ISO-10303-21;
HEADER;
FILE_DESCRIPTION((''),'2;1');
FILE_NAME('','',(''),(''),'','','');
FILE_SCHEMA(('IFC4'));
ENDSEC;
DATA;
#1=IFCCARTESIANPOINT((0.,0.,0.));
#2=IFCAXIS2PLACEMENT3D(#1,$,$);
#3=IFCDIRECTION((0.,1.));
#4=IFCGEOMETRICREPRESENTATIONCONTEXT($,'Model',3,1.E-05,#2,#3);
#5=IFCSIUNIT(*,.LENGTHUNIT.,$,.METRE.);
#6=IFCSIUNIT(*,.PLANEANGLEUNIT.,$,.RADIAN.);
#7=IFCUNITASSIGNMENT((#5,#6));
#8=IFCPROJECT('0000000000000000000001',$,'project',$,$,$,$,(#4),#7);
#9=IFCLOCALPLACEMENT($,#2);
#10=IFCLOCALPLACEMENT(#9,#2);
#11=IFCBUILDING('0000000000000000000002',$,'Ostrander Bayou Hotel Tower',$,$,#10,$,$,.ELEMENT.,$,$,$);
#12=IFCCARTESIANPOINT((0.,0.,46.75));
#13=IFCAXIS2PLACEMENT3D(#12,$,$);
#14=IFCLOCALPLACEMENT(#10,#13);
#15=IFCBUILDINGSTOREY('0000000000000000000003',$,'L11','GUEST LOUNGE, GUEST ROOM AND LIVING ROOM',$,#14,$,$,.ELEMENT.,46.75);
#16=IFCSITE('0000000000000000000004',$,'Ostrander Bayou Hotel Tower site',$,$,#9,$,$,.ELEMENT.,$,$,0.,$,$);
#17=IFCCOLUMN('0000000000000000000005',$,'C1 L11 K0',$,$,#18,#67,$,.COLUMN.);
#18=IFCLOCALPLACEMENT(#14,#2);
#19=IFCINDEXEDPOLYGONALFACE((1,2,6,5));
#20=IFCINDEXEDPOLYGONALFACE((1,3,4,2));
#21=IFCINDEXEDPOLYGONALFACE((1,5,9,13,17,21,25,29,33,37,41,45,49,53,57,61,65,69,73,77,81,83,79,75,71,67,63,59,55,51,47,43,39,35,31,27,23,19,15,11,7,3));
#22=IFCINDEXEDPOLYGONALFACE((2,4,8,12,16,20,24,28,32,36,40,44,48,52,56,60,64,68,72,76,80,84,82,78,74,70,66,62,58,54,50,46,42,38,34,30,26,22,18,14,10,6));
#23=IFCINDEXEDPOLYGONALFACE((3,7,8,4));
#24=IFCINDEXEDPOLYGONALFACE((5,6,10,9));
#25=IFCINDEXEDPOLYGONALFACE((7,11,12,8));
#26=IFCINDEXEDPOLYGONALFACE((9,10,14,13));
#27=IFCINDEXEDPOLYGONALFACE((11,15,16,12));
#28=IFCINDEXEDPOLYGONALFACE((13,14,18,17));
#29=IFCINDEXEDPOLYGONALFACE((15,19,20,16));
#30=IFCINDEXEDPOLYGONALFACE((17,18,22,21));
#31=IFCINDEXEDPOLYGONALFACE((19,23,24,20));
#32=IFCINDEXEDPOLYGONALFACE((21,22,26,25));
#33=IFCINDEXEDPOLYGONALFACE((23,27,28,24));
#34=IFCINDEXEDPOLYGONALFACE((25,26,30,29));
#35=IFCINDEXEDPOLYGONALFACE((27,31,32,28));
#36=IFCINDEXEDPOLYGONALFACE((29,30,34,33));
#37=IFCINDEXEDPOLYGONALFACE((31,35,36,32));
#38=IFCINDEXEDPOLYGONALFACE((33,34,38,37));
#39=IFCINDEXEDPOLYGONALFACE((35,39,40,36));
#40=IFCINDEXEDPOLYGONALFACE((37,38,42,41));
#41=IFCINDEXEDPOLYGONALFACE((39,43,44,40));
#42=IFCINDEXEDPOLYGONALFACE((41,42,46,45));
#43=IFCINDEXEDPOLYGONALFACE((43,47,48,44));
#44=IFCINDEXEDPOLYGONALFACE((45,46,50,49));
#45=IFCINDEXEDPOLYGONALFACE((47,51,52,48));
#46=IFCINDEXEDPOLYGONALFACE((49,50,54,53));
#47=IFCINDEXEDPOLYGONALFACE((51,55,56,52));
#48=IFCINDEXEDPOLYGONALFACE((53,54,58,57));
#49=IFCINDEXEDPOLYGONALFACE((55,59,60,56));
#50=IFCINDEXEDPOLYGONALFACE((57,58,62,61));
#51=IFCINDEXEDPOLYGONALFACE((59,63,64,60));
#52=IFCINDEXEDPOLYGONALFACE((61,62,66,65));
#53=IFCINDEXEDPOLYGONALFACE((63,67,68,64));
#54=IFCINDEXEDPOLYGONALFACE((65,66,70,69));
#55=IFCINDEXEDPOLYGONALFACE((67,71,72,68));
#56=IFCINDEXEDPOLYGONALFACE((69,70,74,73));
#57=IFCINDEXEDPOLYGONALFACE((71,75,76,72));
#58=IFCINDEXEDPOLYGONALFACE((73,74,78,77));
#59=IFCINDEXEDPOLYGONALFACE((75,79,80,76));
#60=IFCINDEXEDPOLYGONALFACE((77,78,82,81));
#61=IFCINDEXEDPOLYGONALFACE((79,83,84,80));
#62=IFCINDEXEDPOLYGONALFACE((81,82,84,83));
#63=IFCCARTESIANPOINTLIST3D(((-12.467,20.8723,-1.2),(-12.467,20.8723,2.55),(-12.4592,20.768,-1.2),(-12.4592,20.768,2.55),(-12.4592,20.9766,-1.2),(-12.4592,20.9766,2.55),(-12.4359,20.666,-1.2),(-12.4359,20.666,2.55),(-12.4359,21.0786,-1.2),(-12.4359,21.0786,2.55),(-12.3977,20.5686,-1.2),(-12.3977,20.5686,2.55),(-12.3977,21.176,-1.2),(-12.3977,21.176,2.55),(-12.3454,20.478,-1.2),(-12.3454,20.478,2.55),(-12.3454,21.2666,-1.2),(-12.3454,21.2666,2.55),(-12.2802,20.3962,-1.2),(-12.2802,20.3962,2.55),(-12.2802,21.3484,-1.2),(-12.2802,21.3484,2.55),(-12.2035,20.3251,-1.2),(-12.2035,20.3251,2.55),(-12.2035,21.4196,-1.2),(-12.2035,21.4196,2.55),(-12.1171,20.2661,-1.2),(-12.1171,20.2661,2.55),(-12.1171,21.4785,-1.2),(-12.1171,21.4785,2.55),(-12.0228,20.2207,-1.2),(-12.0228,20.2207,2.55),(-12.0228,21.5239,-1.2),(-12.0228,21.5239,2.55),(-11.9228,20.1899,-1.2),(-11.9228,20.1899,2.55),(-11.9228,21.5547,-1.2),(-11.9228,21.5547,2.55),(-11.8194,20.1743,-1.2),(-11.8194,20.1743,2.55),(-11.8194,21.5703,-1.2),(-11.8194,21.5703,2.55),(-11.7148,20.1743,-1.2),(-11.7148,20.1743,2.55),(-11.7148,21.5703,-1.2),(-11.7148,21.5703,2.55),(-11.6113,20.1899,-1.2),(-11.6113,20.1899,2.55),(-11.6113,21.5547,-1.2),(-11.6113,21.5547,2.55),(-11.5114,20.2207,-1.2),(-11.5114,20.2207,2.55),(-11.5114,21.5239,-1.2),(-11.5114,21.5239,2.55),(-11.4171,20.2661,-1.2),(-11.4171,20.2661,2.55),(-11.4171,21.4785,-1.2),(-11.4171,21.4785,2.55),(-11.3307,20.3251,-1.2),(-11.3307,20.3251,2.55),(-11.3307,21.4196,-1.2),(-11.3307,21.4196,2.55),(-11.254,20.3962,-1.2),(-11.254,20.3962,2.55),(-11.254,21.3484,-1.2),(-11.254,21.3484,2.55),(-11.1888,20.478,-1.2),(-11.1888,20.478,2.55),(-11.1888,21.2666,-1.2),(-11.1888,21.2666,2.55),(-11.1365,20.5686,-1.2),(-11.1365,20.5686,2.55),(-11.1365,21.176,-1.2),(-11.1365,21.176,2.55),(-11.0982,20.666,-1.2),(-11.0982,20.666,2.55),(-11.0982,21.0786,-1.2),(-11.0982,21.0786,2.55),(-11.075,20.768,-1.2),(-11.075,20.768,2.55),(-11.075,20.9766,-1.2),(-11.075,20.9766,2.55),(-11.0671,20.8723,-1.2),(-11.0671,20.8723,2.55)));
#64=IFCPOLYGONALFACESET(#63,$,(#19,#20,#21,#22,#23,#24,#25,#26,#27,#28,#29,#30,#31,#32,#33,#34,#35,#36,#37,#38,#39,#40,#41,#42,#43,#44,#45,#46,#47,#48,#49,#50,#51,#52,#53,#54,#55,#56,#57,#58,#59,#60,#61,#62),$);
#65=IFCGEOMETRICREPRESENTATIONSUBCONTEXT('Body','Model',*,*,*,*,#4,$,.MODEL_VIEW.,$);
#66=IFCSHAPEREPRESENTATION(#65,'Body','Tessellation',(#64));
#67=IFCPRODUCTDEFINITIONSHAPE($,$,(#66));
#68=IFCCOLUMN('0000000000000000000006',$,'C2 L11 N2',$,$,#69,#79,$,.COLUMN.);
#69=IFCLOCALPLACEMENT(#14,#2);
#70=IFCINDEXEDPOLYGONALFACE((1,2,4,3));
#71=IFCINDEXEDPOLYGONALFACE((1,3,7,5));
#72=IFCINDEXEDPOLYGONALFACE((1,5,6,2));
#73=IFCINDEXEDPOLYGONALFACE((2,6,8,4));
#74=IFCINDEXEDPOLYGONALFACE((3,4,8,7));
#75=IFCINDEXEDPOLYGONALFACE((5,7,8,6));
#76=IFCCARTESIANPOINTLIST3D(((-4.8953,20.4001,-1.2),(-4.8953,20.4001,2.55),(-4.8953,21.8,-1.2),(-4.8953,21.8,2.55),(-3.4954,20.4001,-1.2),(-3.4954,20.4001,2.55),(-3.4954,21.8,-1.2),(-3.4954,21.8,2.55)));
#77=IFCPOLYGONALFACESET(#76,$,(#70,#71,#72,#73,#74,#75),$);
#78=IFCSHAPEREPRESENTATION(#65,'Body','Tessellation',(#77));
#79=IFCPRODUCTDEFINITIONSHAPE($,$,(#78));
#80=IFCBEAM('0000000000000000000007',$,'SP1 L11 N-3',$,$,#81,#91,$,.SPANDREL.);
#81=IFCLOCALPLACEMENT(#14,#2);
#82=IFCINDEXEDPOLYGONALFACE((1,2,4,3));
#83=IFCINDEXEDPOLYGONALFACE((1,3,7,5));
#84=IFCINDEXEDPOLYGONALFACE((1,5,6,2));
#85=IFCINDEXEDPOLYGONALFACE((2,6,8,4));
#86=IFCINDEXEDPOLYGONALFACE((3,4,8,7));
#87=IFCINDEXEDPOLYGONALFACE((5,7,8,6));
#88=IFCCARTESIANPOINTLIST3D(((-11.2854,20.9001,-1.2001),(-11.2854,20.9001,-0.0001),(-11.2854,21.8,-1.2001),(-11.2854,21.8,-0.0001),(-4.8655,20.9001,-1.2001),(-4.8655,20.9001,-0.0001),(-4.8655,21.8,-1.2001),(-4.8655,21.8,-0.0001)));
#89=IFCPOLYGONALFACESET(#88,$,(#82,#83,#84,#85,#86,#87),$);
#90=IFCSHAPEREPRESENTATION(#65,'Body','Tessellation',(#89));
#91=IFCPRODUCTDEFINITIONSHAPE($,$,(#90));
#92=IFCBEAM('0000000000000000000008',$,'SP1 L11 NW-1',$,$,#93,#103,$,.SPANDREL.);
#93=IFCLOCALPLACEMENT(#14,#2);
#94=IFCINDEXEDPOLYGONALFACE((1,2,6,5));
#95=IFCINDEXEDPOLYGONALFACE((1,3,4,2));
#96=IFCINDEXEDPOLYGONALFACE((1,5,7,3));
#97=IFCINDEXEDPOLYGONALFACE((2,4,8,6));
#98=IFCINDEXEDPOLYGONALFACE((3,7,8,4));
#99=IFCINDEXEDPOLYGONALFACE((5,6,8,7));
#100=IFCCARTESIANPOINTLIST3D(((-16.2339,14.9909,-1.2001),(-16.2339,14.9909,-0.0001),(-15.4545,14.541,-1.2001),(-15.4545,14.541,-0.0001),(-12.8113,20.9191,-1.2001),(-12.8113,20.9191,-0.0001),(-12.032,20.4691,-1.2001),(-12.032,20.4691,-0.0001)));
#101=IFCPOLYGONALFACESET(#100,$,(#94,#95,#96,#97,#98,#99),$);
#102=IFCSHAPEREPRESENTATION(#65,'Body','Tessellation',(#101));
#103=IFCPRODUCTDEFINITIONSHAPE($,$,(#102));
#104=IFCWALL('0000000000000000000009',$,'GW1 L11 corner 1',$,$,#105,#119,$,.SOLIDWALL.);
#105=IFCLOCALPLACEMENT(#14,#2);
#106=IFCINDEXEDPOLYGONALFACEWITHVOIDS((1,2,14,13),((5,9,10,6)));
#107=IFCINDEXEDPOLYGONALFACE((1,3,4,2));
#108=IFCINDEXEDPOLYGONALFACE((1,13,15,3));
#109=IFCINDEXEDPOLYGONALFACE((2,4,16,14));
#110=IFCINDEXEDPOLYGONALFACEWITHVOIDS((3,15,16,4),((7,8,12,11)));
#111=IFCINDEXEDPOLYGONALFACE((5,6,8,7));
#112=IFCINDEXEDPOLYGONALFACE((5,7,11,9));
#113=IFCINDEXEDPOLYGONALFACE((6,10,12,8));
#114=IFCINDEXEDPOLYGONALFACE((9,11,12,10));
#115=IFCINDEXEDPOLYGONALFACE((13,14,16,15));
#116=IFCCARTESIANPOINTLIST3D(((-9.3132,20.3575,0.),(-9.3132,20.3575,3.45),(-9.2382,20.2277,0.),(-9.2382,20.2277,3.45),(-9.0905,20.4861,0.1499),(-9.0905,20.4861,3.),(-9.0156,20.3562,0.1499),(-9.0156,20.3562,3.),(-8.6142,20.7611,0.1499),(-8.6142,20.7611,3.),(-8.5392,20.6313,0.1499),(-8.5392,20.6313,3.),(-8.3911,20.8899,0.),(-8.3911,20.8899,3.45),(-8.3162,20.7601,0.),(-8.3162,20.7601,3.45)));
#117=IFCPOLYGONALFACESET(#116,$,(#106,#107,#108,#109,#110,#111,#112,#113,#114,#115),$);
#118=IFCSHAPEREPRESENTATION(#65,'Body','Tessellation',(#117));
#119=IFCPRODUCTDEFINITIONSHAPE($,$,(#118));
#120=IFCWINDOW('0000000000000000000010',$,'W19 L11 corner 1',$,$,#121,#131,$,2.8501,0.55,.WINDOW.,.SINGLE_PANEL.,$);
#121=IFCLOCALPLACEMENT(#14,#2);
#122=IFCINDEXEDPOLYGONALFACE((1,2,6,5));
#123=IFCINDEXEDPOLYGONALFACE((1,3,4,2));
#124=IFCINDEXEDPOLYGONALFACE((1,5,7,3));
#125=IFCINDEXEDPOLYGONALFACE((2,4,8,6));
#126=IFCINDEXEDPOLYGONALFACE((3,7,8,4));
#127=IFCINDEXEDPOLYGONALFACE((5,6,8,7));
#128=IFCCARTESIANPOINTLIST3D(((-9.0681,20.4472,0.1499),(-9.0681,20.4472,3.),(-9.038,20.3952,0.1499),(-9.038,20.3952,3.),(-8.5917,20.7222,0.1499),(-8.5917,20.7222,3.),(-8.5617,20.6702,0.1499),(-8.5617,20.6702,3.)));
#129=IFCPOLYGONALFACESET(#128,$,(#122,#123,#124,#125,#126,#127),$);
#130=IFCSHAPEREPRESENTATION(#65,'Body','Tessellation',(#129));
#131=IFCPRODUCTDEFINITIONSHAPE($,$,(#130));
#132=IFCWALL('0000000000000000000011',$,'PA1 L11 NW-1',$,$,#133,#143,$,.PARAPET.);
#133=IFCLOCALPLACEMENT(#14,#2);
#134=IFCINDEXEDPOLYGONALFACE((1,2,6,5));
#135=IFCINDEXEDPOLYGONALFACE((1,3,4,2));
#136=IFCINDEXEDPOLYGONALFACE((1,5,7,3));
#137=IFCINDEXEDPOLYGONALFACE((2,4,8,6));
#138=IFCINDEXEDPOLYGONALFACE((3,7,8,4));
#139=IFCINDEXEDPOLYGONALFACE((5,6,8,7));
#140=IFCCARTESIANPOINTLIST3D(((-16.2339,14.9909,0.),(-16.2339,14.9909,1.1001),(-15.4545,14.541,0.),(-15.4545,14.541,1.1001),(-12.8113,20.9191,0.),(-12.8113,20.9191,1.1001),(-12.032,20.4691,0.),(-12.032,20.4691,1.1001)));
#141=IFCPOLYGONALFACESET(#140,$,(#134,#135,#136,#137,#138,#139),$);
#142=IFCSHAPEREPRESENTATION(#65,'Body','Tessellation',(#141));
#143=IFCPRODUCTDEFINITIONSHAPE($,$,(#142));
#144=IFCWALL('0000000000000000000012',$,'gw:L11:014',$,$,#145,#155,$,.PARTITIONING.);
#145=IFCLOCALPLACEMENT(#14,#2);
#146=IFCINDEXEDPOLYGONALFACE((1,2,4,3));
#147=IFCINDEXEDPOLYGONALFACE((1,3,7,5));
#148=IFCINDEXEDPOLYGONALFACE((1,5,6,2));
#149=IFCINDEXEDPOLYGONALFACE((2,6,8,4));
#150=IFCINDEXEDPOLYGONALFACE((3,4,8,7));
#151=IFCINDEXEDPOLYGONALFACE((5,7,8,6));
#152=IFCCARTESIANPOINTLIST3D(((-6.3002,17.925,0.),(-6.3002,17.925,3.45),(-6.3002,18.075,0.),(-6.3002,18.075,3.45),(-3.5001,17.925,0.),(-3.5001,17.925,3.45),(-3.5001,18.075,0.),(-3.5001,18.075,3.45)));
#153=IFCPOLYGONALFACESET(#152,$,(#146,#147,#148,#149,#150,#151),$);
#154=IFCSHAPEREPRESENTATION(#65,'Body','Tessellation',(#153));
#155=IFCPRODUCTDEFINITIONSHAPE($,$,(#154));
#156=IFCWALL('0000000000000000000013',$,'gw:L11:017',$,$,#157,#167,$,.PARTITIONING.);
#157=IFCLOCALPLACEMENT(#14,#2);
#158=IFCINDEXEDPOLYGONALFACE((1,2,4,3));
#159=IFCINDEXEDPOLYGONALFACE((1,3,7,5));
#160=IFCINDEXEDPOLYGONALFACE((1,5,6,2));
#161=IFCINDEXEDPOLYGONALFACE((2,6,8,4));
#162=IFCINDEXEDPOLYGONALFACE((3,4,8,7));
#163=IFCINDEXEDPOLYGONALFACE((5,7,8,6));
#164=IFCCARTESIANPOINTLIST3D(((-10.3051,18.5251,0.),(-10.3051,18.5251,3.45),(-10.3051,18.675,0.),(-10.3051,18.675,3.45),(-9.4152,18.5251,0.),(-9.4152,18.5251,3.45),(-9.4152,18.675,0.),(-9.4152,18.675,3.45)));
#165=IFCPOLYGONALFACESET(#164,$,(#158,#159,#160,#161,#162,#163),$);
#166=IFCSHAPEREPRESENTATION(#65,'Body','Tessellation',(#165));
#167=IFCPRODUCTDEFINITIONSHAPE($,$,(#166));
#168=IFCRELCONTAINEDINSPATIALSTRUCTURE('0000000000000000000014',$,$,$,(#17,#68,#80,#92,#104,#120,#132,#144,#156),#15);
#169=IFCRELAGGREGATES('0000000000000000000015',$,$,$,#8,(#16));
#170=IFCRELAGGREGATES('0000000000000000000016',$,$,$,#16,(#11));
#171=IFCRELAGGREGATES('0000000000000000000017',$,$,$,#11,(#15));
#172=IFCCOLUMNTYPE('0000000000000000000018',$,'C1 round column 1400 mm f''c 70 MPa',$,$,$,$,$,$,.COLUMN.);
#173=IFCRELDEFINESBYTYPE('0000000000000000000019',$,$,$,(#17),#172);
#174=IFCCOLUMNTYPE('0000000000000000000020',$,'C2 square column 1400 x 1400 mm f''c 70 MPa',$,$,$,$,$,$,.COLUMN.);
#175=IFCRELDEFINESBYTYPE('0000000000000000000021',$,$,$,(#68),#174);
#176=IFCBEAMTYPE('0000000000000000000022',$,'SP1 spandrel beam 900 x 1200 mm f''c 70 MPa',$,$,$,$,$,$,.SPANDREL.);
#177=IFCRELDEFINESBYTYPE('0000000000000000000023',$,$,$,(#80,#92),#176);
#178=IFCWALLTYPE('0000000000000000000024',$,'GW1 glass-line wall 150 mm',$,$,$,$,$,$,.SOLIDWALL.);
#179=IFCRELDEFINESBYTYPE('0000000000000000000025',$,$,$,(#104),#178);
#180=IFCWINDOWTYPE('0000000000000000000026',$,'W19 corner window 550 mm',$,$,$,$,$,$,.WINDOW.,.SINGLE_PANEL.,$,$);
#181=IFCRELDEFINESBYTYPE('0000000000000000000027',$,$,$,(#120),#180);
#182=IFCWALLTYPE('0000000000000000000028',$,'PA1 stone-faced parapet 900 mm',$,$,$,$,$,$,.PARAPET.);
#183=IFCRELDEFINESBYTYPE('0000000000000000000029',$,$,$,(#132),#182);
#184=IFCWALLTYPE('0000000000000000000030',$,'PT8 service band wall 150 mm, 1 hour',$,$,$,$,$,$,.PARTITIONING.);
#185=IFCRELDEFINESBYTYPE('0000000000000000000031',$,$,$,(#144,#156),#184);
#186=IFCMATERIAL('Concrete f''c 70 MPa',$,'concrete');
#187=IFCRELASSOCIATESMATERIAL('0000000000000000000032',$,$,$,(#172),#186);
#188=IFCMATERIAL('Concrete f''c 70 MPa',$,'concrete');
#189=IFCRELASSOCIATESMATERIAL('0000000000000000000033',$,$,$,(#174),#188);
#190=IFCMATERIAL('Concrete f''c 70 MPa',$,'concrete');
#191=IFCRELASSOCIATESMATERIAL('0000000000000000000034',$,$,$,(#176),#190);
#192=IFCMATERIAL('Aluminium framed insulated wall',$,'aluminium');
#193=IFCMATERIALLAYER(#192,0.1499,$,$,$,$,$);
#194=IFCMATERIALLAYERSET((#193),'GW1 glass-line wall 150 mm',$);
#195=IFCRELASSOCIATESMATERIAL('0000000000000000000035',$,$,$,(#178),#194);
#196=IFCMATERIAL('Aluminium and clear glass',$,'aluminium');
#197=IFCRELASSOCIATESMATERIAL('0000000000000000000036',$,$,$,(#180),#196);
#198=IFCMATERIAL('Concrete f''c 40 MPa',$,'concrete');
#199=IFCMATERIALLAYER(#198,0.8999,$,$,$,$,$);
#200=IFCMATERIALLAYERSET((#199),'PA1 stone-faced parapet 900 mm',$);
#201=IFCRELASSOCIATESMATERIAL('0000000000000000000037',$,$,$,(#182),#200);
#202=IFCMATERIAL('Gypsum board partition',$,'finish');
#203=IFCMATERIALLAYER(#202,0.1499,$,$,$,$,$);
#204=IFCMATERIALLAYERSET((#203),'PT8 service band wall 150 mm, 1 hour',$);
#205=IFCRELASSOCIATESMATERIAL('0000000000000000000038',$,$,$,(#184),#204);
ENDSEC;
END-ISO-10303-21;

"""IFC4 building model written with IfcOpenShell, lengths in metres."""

from ifc_helpers import new_model, si_unit, direction, frame, frame_2d, origin, origin_2d, place, context, subcontext, project, spatial, rectangle, circle, extrude, material, layer, layer_set, material_profile, profile_set, type_object, element, fill, save


model = new_model("IFC4")

# Units and contexts
model_context = context("Model", 3, precision=1e-05, world=origin(), true_north=direction((0.0, 1.0)))
body_context = subcontext(model_context, "Body", "Model", "MODEL_VIEW")
ifc_project = project(units=[si_unit("LENGTHUNIT", "METRE"), si_unit("PLANEANGLEUNIT", "RADIAN")], contexts=[model_context])

# Site, building, storey
site_placement = place(None, origin())
site = spatial("IfcSite", under=ifc_project, at=site_placement, Name="Ostrander Bayou Hotel Tower site", CompositionType="ELEMENT", RefElevation=0.0)
building_placement = place(site_placement, origin())
building = spatial("IfcBuilding", under=site, at=building_placement, Name="Ostrander Bayou Hotel Tower", CompositionType="ELEMENT")
storey_placement = place(building_placement, frame((0.0, 0.0, 46.75)))
storey = spatial("IfcBuildingStorey", under=building, at=storey_placement, Name="L11", Description="GUEST LOUNGE, GUEST ROOM AND LIVING ROOM", CompositionType="ELEMENT", Elevation=46.75)

# Columns
ifc_material_1 = material(Name="Concrete f'c 70 MPa", Category="concrete")
ifc_material_profile_1 = material_profile(ifc_material_1, circle(Radius=0.7, at=origin_2d()))
ifc_profile_set_1 = profile_set([ifc_material_profile_1], Name="Concrete f'c 70 MPa")
column_type_1 = type_object("IfcColumnType", Name="C1 round column 1400 mm f'c 70 MPa", PredefinedType="COLUMN", material=ifc_profile_set_1)
column_1_placement = place(storey_placement, frame((-11.7671, 20.8723, -1.2), z_axis=(0.0, 0.0, 1.0), x_axis=(1.0, 0.0, 0.0)))
element("IfcColumn", 1, at=column_1_placement, inside=storey, type_object=column_type_1, Name="C1 L11 K0", PredefinedType="COLUMN", context=body_context, shape_type="SweptSolid", body=[
    extrude(circle(Radius=0.7, at=origin_2d()), origin(), (0.0, 0.0, 1.0), 3.75),
])
ifc_material_2 = material(Name="Concrete f'c 70 MPa", Category="concrete")
ifc_material_profile_2 = material_profile(ifc_material_2, rectangle(XDim=1.3999, YDim=1.3999, at=origin_2d()))
ifc_profile_set_2 = profile_set([ifc_material_profile_2], Name="Concrete f'c 70 MPa")
column_type_2 = type_object("IfcColumnType", Name="C2 square column 1400 x 1400 mm f'c 70 MPa", PredefinedType="COLUMN", material=ifc_profile_set_2)
column_2_placement = place(storey_placement, frame((-4.1953, 21.1001, -1.2), z_axis=(0.0, 0.0, 1.0), x_axis=(1.0, 0.0, 0.0)))
element("IfcColumn", 2, at=column_2_placement, inside=storey, type_object=column_type_2, Name="C2 L11 N2", PredefinedType="COLUMN", context=body_context, shape_type="SweptSolid", body=[
    extrude(rectangle(XDim=1.3999, YDim=1.3999, at=origin_2d()), origin(), (0.0, 0.0, 1.0), 3.75),
])

# Beams
ifc_material_3 = material(Name="Concrete f'c 70 MPa", Category="concrete")
ifc_material_profile_3 = material_profile(ifc_material_3, rectangle(XDim=0.8999, YDim=1.2, at=origin_2d()))
ifc_profile_set_3 = profile_set([ifc_material_profile_3], Name="Concrete f'c 70 MPa")
beam_type = type_object("IfcBeamType", Name="SP1 spandrel beam 900 x 1200 mm f'c 70 MPa", PredefinedType="SPANDREL", material=ifc_profile_set_3)
beam_1_placement = place(storey_placement, frame((-4.8655, 21.3501, -0.6001), z_axis=(-1.0, 0.0, 0.0), x_axis=(0.0, -1.0, 0.0)))
element("IfcBeam", 3, at=beam_1_placement, inside=storey, type_object=beam_type, Name="SP1 L11 N-3", PredefinedType="SPANDREL", context=body_context, shape_type="SweptSolid", body=[
    extrude(rectangle(XDim=0.8999, YDim=1.2, at=origin_2d()), origin(), (0.0, 0.0, 1.0), 6.4199),
])
beam_2_placement = place(storey_placement, frame((-12.4216, 20.6941, -0.6001), z_axis=(-0.499994, -0.866029, 0.0), x_axis=(0.866029, -0.499994, 0.0)))
element("IfcBeam", 4, at=beam_2_placement, inside=storey, type_object=beam_type, Name="SP1 L11 NW-1", PredefinedType="SPANDREL", context=body_context, shape_type="SweptSolid", body=[
    extrude(rectangle(XDim=0.8999, YDim=1.2, at=origin_2d()), origin(), (0.0, 0.0, 1.0), 6.8452),
])

# Shared definitions
ifc_material_4 = material(Name="Aluminium framed insulated wall", Category="aluminium")
ifc_layer_1 = layer(ifc_material_4, 0.1499)
ifc_layer_set_1 = layer_set([ifc_layer_1], Name="GW1 glass-line wall 150 mm")
wall_type_1 = type_object("IfcWallType", Name="GW1 glass-line wall 150 mm", PredefinedType="SOLIDWALL", material=ifc_layer_set_1)

# Wall, opening, window
wall_1_placement = place(storey_placement, frame((-8.3538, 20.825, 0.0), z_axis=(0.0, 0.0, 1.0), x_axis=(-0.865991, -0.50006, 0.0)))
wall_1 = element("IfcWall", 5, at=wall_1_placement, inside=storey, type_object=wall_type_1, Name="GW1 L11 corner 1", PredefinedType="SOLIDWALL", context=body_context, shape_type="SweptSolid", body=[
    extrude(rectangle(XDim=1.0647, YDim=0.1499, at=frame_2d((0.5322, 0.0))), origin(), (0.0, 0.0, 1.0), 3.45),
])
opening_1_placement = place(wall_1_placement, frame((0.2576, 0.0, 0.1499)))
opening_1 = element("IfcOpeningElement", 6, at=opening_1_placement, cuts=wall_1, PredefinedType="OPENING", context=body_context, shape_type="SweptSolid", body=[
    extrude(rectangle(XDim=0.55, YDim=2.8501, at=frame_2d((0.2749, 1.425))), frame((0.0, 0.075, 0.0), z_axis=(0.0, -1.0, 0.0), x_axis=(1.0, 0.0, 0.0)), (0.0, 0.0, 1.0), 0.1499),
])
ifc_material_5 = material(Name="Aluminium and clear glass", Category="aluminium")
window_type_1 = type_object("IfcWindowType", Name="W19 corner window 550 mm", PartitioningType="SINGLE_PANEL", PredefinedType="WINDOW", material=ifc_material_5)
window_1_placement = place(opening_1_placement, origin())
window_1 = element("IfcWindow", 7, at=window_1_placement, inside=storey, type_object=window_type_1, Name="W19 L11 corner 1", OverallHeight=2.8501, OverallWidth=0.55, PartitioningType="SINGLE_PANEL", PredefinedType="WINDOW", context=body_context, shape_type="SweptSolid", body=[
    extrude(rectangle(XDim=0.55, YDim=2.8501, at=frame_2d((0.2749, 1.425))), frame((0.0, 0.03, 0.0), z_axis=(0.0, -1.0, 0.0), x_axis=(1.0, 0.0, 0.0)), (0.0, 0.0, 1.0), 0.0601),
])
fill(opening_1, window_1)

# Walls
ifc_material_6 = material(Name="Concrete f'c 40 MPa", Category="concrete")
ifc_layer_2 = layer(ifc_material_6, 0.8999)
ifc_layer_set_2 = layer_set([ifc_layer_2], Name="PA1 stone-faced parapet 900 mm")
wall_type_2 = type_object("IfcWallType", Name="PA1 stone-faced parapet 900 mm", PredefinedType="PARAPET", material=ifc_layer_set_2)
wall_2_placement = place(storey_placement, frame((-12.4216, 20.6941, 0.0), z_axis=(0.0, 0.0, 1.0), x_axis=(-0.499994, -0.866029, 0.0)))
element("IfcWall", 8, at=wall_2_placement, inside=storey, type_object=wall_type_2, Name="PA1 L11 NW-1", PredefinedType="PARAPET", context=body_context, shape_type="SweptSolid", body=[
    extrude(rectangle(XDim=6.8452, YDim=0.8999, at=frame_2d((3.4226, 0.0))), origin(), (0.0, 0.0, 1.0), 1.1001),
])
ifc_material_7 = material(Name="Gypsum board partition", Category="finish")
ifc_layer_3 = layer(ifc_material_7, 0.1499)
ifc_layer_set_3 = layer_set([ifc_layer_3], Name="PT8 service band wall 150 mm, 1 hour")
wall_type_3 = type_object("IfcWallType", Name="PT8 service band wall 150 mm, 1 hour", PredefinedType="PARTITIONING", material=ifc_layer_set_3)
wall_3_placement = place(storey_placement, frame((-6.3, 18.0, 0.0), z_axis=(0.0, 0.0, 1.0), x_axis=(1.0, 0.0, 0.0)))
element("IfcWall", 9, at=wall_3_placement, inside=storey, type_object=wall_type_3, Name="gw:L11:014", PredefinedType="PARTITIONING", context=body_context, shape_type="SweptSolid", body=[
    extrude(rectangle(XDim=2.8, YDim=0.1499, at=frame_2d((1.3999, 0.0))), origin(), (0.0, 0.0, 1.0), 3.45),
])
wall_4_placement = place(storey_placement, frame((-10.3049, 18.6001, 0.0), z_axis=(0.0, 0.0, 1.0), x_axis=(1.0, 0.0, 0.0)))
element("IfcWall", 10, at=wall_4_placement, inside=storey, type_object=wall_type_3, Name="gw:L11:017", PredefinedType="PARTITIONING", context=body_context, shape_type="SweptSolid", body=[
    extrude(rectangle(XDim=0.8899, YDim=0.1499, at=frame_2d((0.4448, 0.0))), origin(), (0.0, 0.0, 1.0), 3.45),
])

save(model, "model.ifc")
